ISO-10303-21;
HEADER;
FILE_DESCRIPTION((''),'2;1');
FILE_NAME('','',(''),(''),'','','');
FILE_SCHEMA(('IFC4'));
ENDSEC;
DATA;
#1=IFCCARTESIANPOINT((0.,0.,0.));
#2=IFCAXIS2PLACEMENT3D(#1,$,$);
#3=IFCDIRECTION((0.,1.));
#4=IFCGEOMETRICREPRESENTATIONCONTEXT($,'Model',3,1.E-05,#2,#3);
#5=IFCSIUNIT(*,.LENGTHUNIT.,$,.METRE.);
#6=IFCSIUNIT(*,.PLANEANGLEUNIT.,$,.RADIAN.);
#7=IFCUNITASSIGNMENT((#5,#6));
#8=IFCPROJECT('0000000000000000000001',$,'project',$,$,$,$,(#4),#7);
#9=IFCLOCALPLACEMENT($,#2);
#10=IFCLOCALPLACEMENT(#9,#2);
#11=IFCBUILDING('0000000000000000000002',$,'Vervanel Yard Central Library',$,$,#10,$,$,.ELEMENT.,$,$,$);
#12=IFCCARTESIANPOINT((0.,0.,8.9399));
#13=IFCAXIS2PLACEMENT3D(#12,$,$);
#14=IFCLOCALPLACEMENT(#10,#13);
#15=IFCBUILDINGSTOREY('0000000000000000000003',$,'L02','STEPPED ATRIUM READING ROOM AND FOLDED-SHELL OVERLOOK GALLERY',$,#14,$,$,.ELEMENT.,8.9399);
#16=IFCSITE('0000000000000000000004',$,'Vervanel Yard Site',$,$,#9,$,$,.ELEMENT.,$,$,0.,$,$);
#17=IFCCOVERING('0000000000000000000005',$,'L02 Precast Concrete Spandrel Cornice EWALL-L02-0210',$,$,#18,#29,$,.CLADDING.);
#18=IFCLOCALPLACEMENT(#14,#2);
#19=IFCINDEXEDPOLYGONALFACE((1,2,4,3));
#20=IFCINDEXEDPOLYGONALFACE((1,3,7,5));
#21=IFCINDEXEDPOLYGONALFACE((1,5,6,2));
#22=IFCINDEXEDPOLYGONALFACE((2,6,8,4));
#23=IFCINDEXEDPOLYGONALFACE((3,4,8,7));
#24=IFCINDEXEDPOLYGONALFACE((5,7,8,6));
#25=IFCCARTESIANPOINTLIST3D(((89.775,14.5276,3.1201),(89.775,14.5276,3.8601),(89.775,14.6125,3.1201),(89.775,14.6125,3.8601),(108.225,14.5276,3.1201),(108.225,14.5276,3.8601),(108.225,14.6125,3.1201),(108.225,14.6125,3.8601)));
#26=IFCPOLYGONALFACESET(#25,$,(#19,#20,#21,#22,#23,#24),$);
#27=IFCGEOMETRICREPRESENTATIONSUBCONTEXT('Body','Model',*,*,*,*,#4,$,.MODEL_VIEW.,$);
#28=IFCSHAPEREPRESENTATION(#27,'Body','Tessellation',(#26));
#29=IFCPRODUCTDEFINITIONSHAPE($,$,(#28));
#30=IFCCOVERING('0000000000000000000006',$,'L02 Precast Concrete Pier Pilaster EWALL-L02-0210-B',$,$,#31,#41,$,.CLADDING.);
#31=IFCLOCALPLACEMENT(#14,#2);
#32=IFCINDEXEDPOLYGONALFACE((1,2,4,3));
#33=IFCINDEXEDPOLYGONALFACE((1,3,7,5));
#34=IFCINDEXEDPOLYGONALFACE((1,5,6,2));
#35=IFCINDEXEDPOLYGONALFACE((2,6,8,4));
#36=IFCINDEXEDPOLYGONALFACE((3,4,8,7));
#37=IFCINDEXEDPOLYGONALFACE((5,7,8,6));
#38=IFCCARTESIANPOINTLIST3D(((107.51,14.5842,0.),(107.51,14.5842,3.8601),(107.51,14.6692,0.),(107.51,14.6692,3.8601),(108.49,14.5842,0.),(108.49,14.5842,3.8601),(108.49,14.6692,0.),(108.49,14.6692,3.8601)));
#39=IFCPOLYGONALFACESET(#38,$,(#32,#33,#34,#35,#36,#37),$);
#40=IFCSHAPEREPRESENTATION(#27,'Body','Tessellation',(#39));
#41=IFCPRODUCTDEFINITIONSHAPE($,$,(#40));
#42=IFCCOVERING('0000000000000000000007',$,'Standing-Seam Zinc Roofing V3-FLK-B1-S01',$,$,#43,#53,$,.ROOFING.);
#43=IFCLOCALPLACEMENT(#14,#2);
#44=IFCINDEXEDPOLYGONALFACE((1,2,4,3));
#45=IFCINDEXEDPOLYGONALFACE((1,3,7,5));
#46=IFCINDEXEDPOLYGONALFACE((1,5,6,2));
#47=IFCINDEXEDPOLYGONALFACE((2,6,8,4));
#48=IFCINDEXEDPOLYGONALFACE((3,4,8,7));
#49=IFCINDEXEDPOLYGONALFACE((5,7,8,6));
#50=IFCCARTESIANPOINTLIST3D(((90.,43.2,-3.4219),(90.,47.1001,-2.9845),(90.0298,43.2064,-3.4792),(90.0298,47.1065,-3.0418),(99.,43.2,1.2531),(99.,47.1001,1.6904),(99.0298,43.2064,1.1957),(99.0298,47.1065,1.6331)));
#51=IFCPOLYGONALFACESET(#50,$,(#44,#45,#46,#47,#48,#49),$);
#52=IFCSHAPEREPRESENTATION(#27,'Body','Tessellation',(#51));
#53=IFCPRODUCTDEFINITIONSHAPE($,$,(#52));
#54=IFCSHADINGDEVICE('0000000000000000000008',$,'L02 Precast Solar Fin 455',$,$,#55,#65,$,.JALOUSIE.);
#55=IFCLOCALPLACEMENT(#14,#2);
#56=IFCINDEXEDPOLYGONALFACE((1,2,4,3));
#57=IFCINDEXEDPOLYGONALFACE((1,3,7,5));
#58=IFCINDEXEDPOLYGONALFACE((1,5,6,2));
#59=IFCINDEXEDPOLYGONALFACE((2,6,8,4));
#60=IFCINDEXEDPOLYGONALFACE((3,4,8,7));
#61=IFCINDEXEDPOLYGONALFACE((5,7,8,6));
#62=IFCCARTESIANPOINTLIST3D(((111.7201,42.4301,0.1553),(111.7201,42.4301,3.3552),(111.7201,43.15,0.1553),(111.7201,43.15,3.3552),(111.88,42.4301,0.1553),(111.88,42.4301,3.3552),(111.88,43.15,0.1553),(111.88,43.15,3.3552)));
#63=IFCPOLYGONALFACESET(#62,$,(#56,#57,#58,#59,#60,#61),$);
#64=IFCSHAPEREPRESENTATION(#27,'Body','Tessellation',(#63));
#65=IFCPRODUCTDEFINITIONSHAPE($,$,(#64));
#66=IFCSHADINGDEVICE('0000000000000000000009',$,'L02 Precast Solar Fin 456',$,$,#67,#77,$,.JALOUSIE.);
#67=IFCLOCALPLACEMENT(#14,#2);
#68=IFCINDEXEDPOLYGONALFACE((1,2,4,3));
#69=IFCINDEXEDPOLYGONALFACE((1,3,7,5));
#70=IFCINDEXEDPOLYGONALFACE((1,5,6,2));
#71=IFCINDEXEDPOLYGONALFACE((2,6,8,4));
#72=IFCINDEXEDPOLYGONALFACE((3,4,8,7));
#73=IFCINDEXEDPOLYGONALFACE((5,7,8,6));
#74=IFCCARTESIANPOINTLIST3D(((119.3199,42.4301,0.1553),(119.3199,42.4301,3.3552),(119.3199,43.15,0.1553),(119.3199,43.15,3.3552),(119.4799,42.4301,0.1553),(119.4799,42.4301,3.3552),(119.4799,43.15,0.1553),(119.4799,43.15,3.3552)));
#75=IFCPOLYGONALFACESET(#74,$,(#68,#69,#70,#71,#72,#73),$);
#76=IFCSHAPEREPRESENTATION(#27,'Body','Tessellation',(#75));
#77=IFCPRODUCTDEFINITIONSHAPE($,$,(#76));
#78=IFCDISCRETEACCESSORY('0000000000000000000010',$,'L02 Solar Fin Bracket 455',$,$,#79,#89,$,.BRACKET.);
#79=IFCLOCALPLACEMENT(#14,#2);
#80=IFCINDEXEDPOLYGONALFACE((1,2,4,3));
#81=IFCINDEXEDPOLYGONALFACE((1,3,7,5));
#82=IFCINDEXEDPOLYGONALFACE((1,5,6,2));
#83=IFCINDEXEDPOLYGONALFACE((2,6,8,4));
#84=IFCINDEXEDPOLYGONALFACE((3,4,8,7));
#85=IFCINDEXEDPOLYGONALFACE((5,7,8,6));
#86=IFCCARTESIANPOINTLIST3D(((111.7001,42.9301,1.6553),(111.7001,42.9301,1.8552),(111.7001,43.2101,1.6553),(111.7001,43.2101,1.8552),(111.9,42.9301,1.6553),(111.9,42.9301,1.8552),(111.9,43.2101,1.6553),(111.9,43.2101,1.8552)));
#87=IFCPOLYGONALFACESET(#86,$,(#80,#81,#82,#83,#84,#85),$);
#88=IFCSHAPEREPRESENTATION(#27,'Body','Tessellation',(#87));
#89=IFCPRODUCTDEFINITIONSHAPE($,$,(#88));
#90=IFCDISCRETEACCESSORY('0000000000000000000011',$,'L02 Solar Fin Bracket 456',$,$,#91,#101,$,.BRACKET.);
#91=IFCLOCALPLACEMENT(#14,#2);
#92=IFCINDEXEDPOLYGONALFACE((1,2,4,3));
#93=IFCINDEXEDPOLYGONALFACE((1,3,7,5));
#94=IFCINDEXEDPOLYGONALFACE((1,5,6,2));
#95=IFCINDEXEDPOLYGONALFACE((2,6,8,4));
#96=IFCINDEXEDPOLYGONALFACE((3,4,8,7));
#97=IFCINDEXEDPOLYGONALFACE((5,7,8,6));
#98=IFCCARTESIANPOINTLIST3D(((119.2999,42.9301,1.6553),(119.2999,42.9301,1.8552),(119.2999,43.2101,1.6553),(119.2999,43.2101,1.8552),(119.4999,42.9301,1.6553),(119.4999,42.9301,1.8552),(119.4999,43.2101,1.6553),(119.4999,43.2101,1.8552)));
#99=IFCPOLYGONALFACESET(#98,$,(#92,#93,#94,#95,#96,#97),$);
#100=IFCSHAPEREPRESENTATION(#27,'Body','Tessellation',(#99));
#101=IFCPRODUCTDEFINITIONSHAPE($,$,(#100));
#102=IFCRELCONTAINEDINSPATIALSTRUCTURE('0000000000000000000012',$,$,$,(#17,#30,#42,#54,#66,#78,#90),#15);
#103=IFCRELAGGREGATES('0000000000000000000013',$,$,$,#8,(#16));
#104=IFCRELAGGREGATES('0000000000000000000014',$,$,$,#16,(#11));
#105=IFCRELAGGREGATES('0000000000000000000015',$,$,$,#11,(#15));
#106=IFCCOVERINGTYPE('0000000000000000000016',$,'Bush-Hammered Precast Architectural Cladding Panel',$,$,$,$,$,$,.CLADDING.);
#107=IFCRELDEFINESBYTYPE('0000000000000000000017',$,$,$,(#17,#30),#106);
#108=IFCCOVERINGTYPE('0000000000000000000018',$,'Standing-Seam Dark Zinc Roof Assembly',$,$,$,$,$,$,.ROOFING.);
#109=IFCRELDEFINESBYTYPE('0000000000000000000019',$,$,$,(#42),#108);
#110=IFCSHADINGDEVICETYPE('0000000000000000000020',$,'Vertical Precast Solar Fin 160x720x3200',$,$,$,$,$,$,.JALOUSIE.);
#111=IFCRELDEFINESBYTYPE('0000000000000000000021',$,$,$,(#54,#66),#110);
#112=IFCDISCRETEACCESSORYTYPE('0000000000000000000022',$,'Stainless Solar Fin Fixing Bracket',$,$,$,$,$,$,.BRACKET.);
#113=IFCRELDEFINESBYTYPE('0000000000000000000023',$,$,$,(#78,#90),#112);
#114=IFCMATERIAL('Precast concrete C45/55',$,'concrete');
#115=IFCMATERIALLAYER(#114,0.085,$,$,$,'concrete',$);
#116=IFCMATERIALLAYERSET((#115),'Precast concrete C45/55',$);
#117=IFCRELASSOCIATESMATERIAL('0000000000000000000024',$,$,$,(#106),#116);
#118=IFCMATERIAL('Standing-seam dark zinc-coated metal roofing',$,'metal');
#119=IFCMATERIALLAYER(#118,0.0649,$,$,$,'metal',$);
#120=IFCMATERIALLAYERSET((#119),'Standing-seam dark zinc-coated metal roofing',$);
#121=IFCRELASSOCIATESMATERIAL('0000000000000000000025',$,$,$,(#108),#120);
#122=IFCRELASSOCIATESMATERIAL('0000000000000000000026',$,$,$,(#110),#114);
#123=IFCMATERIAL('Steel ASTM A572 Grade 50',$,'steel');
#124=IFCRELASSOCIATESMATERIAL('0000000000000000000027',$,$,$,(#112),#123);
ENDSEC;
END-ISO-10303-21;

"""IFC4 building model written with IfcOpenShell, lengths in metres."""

from ifc_helpers import new_model, si_unit, direction, frame, origin, origin_2d, place, context, subcontext, project, spatial, polyline, rectangle, outline, extrude, material, layer, layer_set, type_object, element, save


model = new_model("IFC4")

# Units and contexts
model_context = context("Model", 3, precision=1e-05, world=origin(), true_north=direction((0.0, 1.0)))
body_context = subcontext(model_context, "Body", "Model", "MODEL_VIEW")
ifc_project = project(units=[si_unit("LENGTHUNIT", "METRE"), si_unit("PLANEANGLEUNIT", "RADIAN")], contexts=[model_context])

# Site, building, storey
site_placement = place(None, origin())
site = spatial("IfcSite", under=ifc_project, at=site_placement, Name="Vervanel Yard Site", CompositionType="ELEMENT", RefElevation=0.0)
building_placement = place(site_placement, origin())
building = spatial("IfcBuilding", under=site, at=building_placement, Name="Vervanel Yard Central Library", CompositionType="ELEMENT")
storey_placement = place(building_placement, frame((0.0, 0.0, 8.9399)))
storey = spatial("IfcBuildingStorey", under=building, at=storey_placement, Name="L02", Description="STEPPED ATRIUM READING ROOM AND FOLDED-SHELL OVERLOOK GALLERY", CompositionType="ELEMENT", Elevation=8.9399)

# Shared definitions
ifc_material_1 = material(Name="Steel ASTM A572 Grade 50", Category="steel")

# Coverings
ifc_material_2 = material(Name="Precast concrete C45/55", Category="concrete")
ifc_layer_1 = layer(ifc_material_2, 0.085, Category="concrete")
ifc_layer_set_1 = layer_set([ifc_layer_1], Name="Precast concrete C45/55")
covering_type_1 = type_object("IfcCoveringType", Name="Bush-Hammered Precast Architectural Cladding Panel", PredefinedType="CLADDING", material=ifc_layer_set_1)
covering_1_placement = place(storey_placement, frame((99.0, 14.5701, 3.1201), z_axis=(0.0, 0.0, 1.0), x_axis=(1.0, 0.0, 0.0)))
element("IfcCovering", 1, at=covering_1_placement, inside=storey, type_object=covering_type_1, Name="L02 Precast Concrete Spandrel Cornice EWALL-L02-0210", PredefinedType="CLADDING", context=body_context, shape_type="SweptSolid", body=[
    extrude(rectangle(XDim=18.45, YDim=0.085, at=origin_2d()), origin(), (0.0, 0.0, 1.0), 0.74),
])
covering_2_placement = place(storey_placement, frame((108.0, 14.6267, 0.0), z_axis=(0.0, 0.0, 1.0), x_axis=(1.0, 0.0, 0.0)))
element("IfcCovering", 2, at=covering_2_placement, inside=storey, type_object=covering_type_1, Name="L02 Precast Concrete Pier Pilaster EWALL-L02-0210-B", PredefinedType="CLADDING", context=body_context, shape_type="SweptSolid", body=[
    extrude(rectangle(XDim=0.98, YDim=0.085, at=origin_2d()), origin(), (0.0, 0.0, 1.0), 3.8601),
])
ifc_material_3 = material(Name="Standing-seam dark zinc-coated metal roofing", Category="metal")
ifc_layer_2 = layer(ifc_material_3, 0.0649, Category="metal")
ifc_layer_set_2 = layer_set([ifc_layer_2], Name="Standing-seam dark zinc-coated metal roofing")
covering_type_2 = type_object("IfcCoveringType", Name="Standing-Seam Dark Zinc Roof Assembly", PredefinedType="ROOFING", material=ifc_layer_set_2)
covering_3_placement = place(storey_placement, frame((90.0, 43.2, -3.4219), z_axis=(-0.458693, -0.09903, 0.883059), x_axis=(0.887421, 0.000001, 0.460959)))
element("IfcCovering", 3, at=covering_3_placement, inside=storey, type_object=covering_type_2, Name="Standing-Seam Zinc Roofing V3-FLK-B1-S01", PredefinedType="ROOFING", context=body_context, shape_type="SweptSolid", body=[
    extrude(outline(polyline([(0.0, 0.0), (10.1418, 0.0), (10.3434, 3.9194), (0.2017, 3.9194), (0.0, 0.0)])), origin(), (0.0, 0.0, -1.0), 0.0649),
])

# Shading devices
shading_device_type = type_object("IfcShadingDeviceType", Name="Vertical Precast Solar Fin 160x720x3200", PredefinedType="JALOUSIE", material=ifc_material_2)
for number, where, z_axis, x_axis, name in (
    (4, (111.8, 42.79, 0.1553), (0.0, 0.0, 1.0), (1.0, 0.0, 0.0), "L02 Precast Solar Fin 455"),
    (5, (119.3999, 42.79, 0.1553), (0.0, 0.0, 1.0), (1.0, 0.0, 0.0), "L02 Precast Solar Fin 456"),
):
    element("IfcShadingDevice", number, at=place(storey_placement, frame(where, z_axis=z_axis, x_axis=x_axis)), inside=storey, type_object=shading_device_type, Name=name, PredefinedType="JALOUSIE", context=body_context, shape_type="SweptSolid", body=[
        extrude(rectangle(XDim=0.1599, YDim=0.72, at=origin_2d()), origin(), (0.0, 0.0, 1.0), 3.2),
    ])

# Discrete accessories
discrete_accessory_type = type_object("IfcDiscreteAccessoryType", Name="Stainless Solar Fin Fixing Bracket", PredefinedType="BRACKET", material=ifc_material_1)
for number, where, z_axis, x_axis, name in (
    (6, (111.8, 43.0701, 1.6553), (0.0, 0.0, 1.0), (1.0, 0.0, 0.0), "L02 Solar Fin Bracket 455"),
    (7, (119.3999, 43.0701, 1.6553), (0.0, 0.0, 1.0), (1.0, 0.0, 0.0), "L02 Solar Fin Bracket 456"),
):
    element("IfcDiscreteAccessory", number, at=place(storey_placement, frame(where, z_axis=z_axis, x_axis=x_axis)), inside=storey, type_object=discrete_accessory_type, Name=name, PredefinedType="BRACKET", context=body_context, shape_type="SweptSolid", body=[
        extrude(rectangle(XDim=0.2, YDim=0.28, at=origin_2d()), origin(), (0.0, 0.0, 1.0), 0.2),
    ])

save(model, "model.ifc")
